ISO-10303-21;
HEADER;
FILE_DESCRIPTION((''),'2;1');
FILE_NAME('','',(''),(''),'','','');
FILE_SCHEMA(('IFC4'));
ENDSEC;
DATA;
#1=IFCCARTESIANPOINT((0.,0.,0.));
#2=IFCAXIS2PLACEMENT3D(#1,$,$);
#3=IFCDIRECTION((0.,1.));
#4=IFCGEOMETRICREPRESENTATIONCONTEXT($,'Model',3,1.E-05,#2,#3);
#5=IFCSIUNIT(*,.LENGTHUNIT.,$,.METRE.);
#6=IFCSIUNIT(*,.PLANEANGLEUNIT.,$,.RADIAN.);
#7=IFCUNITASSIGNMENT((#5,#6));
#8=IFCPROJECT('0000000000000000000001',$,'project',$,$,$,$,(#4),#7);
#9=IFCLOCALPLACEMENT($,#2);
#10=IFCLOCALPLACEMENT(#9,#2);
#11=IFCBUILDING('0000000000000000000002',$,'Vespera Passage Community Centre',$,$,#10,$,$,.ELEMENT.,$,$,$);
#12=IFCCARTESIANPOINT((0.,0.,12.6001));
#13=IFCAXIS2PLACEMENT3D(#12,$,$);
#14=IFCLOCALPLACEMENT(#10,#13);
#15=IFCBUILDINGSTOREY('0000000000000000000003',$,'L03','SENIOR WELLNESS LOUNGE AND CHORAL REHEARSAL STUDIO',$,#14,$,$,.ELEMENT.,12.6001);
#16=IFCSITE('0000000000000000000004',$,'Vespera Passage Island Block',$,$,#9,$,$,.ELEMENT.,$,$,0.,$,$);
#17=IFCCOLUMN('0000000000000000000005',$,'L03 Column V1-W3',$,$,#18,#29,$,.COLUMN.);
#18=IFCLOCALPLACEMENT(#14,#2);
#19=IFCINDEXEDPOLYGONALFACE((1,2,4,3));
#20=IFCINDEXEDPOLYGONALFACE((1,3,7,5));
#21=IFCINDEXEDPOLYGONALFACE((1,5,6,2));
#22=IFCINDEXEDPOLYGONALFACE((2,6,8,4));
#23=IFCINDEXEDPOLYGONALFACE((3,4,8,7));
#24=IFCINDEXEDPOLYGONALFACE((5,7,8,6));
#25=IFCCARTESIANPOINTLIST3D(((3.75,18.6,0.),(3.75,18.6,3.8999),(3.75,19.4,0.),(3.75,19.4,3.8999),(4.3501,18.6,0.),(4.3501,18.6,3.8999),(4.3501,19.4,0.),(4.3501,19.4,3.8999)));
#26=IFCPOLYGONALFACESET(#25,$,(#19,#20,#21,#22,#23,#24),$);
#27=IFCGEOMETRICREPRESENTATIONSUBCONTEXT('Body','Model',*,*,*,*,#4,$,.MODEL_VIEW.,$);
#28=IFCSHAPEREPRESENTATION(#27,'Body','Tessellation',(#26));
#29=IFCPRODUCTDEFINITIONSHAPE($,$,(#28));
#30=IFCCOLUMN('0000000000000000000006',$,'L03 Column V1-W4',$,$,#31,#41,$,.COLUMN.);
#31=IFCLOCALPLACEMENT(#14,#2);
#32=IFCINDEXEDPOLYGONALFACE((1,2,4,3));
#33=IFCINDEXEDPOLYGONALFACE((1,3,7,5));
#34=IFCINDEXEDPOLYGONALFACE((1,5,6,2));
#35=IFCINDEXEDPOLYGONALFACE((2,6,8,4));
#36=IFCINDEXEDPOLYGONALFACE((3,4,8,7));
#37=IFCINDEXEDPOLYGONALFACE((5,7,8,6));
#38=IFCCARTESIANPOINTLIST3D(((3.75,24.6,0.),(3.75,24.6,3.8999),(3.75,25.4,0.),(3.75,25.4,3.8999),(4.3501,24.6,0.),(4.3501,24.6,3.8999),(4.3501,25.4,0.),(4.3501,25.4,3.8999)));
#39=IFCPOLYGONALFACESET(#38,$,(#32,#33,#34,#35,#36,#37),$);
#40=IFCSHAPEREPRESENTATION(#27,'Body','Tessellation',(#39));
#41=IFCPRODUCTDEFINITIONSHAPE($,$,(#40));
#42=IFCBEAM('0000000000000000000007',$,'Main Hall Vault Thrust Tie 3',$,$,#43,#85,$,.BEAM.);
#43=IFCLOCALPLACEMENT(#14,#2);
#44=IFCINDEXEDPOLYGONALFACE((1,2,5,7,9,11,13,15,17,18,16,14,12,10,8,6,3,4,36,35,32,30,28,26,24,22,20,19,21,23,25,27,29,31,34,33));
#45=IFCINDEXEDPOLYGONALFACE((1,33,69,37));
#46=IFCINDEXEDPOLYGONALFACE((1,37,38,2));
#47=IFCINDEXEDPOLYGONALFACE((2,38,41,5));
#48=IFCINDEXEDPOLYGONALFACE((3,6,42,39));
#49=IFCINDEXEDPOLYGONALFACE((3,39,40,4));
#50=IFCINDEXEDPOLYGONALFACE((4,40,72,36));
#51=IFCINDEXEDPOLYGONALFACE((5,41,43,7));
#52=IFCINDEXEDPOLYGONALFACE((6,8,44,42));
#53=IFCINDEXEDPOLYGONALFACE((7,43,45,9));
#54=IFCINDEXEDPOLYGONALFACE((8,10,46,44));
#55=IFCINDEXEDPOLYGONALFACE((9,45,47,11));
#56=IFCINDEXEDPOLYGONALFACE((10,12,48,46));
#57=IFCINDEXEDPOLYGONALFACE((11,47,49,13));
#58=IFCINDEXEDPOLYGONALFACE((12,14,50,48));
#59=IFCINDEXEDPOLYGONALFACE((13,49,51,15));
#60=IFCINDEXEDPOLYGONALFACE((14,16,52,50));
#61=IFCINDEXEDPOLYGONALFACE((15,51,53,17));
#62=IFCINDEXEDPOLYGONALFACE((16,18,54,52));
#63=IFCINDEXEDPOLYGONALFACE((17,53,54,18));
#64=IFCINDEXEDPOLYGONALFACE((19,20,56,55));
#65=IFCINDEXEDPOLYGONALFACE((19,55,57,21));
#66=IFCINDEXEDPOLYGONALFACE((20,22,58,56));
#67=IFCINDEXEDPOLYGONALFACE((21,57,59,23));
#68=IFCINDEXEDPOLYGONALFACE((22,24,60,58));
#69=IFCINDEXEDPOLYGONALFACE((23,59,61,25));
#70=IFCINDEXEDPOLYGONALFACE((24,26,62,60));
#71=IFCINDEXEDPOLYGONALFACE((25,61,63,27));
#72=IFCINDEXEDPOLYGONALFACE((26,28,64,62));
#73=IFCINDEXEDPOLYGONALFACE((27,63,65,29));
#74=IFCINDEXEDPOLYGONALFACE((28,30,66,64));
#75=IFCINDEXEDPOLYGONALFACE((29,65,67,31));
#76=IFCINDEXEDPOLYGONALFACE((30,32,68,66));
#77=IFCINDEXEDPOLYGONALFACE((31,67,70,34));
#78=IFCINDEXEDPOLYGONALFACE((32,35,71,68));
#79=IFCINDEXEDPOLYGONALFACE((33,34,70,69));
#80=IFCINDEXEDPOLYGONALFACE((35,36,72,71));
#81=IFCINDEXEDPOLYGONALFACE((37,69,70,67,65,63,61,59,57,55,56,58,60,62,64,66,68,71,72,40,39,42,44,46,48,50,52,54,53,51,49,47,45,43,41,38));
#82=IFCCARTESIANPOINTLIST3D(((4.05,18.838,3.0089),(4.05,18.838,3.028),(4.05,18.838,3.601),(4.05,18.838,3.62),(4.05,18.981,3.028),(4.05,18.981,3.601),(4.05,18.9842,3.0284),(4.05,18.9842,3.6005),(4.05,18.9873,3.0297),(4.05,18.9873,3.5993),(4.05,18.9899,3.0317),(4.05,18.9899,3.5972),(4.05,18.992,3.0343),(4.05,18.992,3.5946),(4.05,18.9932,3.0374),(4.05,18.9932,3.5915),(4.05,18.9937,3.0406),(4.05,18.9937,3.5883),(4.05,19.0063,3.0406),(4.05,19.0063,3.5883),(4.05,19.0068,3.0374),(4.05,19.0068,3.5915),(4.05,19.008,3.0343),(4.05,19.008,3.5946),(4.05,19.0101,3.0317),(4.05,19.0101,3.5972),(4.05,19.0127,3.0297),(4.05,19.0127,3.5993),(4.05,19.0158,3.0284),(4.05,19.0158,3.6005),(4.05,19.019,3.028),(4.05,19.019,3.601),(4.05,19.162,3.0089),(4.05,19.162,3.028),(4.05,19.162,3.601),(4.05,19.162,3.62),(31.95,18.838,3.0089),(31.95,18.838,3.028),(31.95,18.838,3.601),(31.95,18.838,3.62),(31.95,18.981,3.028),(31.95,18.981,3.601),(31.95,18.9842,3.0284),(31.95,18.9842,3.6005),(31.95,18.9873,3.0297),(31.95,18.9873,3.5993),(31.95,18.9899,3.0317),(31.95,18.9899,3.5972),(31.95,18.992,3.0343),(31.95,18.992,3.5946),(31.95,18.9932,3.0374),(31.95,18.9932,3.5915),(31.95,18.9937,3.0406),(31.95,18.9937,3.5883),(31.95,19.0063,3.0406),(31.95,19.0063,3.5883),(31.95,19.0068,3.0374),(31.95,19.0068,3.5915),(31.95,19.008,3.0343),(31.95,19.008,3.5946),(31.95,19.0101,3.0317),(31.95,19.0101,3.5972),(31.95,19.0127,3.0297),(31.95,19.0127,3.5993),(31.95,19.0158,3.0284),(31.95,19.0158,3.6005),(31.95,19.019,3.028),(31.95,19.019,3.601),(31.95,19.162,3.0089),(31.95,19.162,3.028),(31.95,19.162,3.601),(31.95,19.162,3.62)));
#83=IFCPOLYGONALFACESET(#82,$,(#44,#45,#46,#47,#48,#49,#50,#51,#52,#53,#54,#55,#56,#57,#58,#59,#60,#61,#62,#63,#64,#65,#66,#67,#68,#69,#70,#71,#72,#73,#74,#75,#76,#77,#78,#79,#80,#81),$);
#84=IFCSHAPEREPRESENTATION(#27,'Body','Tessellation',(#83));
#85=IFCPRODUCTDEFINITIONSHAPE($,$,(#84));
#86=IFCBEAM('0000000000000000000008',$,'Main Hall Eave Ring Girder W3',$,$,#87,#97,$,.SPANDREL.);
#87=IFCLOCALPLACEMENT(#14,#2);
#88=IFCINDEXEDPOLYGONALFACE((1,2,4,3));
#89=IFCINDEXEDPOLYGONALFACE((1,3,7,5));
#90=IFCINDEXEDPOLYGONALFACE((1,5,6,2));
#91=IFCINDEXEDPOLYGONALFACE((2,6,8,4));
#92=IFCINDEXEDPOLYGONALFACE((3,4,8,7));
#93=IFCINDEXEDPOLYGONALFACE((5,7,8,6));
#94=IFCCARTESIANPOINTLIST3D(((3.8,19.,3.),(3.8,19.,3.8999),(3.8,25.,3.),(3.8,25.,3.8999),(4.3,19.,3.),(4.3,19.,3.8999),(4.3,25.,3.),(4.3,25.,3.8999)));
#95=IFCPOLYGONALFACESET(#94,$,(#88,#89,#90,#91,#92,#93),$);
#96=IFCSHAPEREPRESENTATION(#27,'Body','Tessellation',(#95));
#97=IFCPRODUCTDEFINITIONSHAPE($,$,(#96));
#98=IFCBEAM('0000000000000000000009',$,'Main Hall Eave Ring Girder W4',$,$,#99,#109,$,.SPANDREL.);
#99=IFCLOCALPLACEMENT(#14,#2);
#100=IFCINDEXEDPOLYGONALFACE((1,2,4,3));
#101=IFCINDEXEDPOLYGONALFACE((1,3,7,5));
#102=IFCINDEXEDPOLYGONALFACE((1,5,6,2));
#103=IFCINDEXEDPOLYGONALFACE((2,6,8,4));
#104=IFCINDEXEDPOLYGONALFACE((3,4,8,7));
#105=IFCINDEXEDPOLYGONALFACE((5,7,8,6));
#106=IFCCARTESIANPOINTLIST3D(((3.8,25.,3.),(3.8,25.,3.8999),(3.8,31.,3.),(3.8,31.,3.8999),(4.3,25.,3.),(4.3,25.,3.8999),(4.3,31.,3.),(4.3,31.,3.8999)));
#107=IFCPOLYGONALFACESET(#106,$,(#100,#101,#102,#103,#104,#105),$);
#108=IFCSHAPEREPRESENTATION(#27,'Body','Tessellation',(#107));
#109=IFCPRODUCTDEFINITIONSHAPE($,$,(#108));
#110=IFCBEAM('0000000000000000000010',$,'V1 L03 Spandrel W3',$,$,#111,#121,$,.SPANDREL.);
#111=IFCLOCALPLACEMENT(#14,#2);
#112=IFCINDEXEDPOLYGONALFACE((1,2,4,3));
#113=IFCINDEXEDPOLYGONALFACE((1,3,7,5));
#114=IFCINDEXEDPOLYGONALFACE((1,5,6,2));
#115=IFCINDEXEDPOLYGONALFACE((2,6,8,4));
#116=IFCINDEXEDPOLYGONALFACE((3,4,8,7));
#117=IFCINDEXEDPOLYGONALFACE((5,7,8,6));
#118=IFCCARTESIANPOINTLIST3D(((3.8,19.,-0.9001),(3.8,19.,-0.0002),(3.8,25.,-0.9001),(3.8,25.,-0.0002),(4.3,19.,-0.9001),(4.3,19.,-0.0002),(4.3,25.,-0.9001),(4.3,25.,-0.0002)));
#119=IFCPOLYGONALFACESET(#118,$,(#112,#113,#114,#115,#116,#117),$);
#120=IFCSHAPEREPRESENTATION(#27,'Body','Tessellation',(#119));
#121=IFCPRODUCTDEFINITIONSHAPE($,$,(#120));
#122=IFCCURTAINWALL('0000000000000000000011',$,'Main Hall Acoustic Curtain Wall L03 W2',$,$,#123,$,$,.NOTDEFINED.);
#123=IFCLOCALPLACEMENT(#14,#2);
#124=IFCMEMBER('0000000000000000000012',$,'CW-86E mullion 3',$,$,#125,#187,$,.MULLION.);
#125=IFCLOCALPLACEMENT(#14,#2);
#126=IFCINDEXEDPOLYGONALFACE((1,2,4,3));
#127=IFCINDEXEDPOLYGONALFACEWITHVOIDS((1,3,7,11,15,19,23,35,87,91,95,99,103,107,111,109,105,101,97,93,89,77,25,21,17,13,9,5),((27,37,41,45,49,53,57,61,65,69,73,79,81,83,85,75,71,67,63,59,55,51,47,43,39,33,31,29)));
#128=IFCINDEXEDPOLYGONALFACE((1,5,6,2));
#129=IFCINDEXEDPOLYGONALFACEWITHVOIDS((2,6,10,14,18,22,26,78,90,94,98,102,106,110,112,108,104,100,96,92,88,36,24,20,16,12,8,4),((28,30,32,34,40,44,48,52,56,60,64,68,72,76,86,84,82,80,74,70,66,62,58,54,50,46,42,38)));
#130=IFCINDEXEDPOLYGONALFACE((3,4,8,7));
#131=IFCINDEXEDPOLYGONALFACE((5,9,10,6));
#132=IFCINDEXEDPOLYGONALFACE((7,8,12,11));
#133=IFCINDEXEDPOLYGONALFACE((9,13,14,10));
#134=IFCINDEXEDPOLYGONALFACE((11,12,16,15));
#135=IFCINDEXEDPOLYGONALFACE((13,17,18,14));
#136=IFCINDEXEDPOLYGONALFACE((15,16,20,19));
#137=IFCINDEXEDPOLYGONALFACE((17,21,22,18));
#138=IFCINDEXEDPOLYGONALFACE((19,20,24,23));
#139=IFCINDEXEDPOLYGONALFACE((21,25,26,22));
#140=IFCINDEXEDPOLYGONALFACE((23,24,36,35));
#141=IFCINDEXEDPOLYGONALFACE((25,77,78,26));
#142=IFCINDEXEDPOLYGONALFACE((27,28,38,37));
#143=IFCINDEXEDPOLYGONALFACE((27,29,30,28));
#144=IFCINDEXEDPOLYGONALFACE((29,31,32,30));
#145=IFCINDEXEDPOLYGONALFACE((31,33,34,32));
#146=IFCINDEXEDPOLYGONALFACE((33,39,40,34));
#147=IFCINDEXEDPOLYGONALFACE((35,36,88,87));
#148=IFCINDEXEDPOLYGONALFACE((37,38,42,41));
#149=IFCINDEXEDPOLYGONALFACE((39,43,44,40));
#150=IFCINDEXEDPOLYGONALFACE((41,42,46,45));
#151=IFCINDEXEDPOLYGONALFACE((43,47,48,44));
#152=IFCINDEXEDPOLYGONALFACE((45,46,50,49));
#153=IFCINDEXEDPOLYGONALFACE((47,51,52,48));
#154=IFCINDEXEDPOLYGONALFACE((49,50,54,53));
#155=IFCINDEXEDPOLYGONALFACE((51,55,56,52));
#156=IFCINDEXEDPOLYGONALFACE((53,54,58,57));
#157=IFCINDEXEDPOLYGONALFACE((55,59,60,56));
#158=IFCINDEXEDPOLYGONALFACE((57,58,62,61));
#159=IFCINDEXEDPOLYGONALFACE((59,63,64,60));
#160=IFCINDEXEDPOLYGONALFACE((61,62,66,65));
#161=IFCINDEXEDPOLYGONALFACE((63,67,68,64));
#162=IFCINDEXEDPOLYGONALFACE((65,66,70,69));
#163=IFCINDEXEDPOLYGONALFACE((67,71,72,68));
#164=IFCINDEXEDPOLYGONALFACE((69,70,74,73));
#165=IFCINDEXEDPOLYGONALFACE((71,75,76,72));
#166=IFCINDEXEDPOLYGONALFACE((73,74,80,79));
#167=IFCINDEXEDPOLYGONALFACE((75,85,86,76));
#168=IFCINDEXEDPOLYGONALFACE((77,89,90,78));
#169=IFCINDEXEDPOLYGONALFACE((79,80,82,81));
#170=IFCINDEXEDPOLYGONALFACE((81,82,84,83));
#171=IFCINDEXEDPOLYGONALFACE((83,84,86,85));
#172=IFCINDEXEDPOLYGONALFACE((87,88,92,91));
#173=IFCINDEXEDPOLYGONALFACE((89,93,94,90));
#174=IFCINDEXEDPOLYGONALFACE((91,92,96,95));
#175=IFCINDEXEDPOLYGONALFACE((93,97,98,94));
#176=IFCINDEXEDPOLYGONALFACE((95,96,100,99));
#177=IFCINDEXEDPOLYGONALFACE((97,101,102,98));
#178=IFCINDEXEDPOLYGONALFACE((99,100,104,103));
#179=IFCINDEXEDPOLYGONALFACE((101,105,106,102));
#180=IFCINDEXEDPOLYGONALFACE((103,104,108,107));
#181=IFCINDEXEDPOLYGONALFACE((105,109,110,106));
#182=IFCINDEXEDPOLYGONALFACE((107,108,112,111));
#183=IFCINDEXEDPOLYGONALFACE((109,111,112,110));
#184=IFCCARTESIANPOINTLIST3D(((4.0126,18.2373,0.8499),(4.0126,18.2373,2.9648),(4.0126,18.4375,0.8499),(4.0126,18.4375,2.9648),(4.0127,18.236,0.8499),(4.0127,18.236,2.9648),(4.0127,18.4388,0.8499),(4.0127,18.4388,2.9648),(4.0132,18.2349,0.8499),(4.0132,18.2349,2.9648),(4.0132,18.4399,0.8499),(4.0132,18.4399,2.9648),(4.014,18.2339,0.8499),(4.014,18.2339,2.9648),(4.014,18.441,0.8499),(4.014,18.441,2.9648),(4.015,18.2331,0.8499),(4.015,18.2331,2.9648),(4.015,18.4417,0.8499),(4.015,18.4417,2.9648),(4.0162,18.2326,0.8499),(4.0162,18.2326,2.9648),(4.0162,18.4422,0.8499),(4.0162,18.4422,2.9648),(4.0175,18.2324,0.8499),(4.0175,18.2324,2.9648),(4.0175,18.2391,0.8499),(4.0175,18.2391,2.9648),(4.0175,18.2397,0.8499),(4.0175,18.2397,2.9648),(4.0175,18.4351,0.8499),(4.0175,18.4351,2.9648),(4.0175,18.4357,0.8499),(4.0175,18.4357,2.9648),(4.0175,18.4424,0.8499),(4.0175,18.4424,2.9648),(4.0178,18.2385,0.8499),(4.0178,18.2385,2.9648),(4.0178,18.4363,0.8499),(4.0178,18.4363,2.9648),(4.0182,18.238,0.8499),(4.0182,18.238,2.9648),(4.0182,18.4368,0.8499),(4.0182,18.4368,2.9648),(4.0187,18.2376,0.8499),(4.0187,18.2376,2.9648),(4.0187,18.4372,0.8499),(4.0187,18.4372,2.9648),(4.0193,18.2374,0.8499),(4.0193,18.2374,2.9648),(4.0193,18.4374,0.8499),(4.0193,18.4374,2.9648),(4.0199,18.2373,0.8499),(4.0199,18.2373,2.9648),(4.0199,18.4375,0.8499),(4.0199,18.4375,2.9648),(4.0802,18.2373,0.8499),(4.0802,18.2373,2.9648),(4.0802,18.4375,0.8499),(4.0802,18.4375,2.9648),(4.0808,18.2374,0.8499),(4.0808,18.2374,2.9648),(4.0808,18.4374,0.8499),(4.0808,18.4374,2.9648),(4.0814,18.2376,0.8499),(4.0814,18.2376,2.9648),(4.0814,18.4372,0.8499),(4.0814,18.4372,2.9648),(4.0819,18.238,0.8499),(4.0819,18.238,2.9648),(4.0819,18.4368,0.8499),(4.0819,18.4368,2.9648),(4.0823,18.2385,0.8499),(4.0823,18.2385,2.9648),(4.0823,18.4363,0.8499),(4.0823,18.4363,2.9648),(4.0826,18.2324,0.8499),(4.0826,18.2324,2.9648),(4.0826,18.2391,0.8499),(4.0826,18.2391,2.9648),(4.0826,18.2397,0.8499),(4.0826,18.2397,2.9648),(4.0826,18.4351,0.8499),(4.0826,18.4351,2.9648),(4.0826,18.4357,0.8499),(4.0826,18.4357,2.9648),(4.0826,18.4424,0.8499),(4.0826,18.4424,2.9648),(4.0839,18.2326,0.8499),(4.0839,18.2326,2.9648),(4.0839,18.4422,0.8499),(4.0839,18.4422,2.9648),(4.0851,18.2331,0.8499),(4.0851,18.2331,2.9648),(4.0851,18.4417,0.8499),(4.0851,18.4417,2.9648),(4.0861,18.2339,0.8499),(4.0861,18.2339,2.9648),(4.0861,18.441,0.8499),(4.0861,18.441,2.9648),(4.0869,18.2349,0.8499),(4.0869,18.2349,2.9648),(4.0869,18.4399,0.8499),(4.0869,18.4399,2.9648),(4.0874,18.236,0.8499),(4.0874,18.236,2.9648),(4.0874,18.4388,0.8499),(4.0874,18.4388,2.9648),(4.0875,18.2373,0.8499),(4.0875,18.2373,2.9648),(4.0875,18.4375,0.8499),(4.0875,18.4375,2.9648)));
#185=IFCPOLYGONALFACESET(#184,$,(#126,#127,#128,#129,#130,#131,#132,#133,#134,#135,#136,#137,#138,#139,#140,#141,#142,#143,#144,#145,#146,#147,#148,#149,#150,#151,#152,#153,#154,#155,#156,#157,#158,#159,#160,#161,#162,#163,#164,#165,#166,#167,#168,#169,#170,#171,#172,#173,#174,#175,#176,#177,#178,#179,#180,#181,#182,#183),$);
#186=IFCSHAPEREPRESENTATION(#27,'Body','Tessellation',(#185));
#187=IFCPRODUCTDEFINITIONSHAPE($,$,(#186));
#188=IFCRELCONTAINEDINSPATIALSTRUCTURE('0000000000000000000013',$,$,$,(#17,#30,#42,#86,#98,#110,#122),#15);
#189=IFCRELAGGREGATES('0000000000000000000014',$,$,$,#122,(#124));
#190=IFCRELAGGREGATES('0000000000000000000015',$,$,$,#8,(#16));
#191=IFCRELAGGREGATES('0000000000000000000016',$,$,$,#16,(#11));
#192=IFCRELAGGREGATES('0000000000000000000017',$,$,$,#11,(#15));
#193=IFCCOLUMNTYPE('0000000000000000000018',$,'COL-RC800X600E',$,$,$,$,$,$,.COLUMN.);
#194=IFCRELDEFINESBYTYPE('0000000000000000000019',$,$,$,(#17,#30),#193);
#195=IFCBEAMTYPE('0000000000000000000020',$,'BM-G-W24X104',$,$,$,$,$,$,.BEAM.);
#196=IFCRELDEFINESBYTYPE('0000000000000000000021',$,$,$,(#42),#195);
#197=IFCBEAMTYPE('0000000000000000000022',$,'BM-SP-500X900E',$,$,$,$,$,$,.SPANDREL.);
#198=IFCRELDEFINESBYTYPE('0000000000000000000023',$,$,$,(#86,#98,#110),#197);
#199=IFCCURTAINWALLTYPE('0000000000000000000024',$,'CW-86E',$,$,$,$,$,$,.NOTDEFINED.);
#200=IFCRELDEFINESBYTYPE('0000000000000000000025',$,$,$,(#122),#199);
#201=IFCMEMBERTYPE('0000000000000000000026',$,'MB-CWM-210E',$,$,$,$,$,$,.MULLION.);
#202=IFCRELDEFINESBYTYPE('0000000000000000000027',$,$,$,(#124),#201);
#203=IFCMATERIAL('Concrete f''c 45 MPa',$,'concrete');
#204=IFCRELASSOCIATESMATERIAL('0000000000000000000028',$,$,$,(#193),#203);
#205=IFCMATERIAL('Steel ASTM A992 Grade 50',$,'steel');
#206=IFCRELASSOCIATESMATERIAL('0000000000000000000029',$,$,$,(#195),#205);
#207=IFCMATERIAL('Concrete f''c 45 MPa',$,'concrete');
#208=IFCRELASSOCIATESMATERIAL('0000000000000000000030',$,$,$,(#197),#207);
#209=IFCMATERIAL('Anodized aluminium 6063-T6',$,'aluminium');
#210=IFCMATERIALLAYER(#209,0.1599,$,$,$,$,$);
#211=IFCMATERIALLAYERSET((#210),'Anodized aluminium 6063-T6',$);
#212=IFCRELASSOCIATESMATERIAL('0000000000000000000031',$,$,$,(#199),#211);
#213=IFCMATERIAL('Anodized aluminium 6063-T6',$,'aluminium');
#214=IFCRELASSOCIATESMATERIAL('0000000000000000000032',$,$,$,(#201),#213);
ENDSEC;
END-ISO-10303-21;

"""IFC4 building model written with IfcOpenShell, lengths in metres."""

from ifc_helpers import new_model, si_unit, direction, frame, origin, origin_2d, place, context, subcontext, project, spatial, rectangle, hollow_rectangle, i_section, extrude, material, layer, layer_set, material_profile, profile_set, type_object, element, aggregate, save


model = new_model("IFC4")

# Units and contexts
model_context = context("Model", 3, precision=1e-05, world=origin(), true_north=direction((0.0, 1.0)))
body_context = subcontext(model_context, "Body", "Model", "MODEL_VIEW")
ifc_project = project(units=[si_unit("LENGTHUNIT", "METRE"), si_unit("PLANEANGLEUNIT", "RADIAN")], contexts=[model_context])

# Site, building, storey
site_placement = place(None, origin())
site = spatial("IfcSite", under=ifc_project, at=site_placement, Name="Vespera Passage Island Block", CompositionType="ELEMENT", RefElevation=0.0)
building_placement = place(site_placement, origin())
building = spatial("IfcBuilding", under=site, at=building_placement, Name="Vespera Passage Community Centre", CompositionType="ELEMENT")
storey_placement = place(building_placement, frame((0.0, 0.0, 12.6001)))
storey = spatial("IfcBuildingStorey", under=building, at=storey_placement, Name="L03", Description="SENIOR WELLNESS LOUNGE AND CHORAL REHEARSAL STUDIO", CompositionType="ELEMENT", Elevation=12.6001)

# Columns
ifc_material_1 = material(Name="Concrete f'c 45 MPa", Category="concrete")
ifc_material_profile_1 = material_profile(ifc_material_1, rectangle(XDim=0.6001, YDim=0.8, at=origin_2d()), Name="RC800X600")
ifc_profile_set_1 = profile_set([ifc_material_profile_1], Name="Concrete f'c 45 MPa")
column_type = type_object("IfcColumnType", Name="COL-RC800X600E", PredefinedType="COLUMN", material=ifc_profile_set_1)
for number, where, z_axis, x_axis, name in (
    (1, (4.05, 19.0, 0.0), (0.0, 0.0, 1.0), (1.0, 0.0, 0.0), "L03 Column V1-W3"),
    (2, (4.05, 25.0, 0.0), (0.0, 0.0, 1.0), (1.0, 0.0, 0.0), "L03 Column V1-W4"),
):
    element("IfcColumn", number, at=place(storey_placement, frame(where, z_axis=z_axis, x_axis=x_axis)), inside=storey, type_object=column_type, Name=name, PredefinedType="COLUMN", context=body_context, shape_type="SweptSolid", body=[
        extrude(rectangle(XDim=0.6001, YDim=0.8, at=origin_2d()), origin(), (0.0, 0.0, 1.0), 3.8999),
    ])

# Beams
ifc_material_2 = material(Name="Steel ASTM A992 Grade 50", Category="steel")
ifc_material_profile_2 = material_profile(ifc_material_2, i_section(OverallWidth=0.324, OverallDepth=0.6111, WebThickness=0.0127, FlangeThickness=0.019, FilletRadius=0.0127, at=origin_2d()), Name="W24X104")
ifc_profile_set_2 = profile_set([ifc_material_profile_2], Name="Steel ASTM A992 Grade 50")
beam_type_1 = type_object("IfcBeamType", Name="BM-G-W24X104", PredefinedType="BEAM", material=ifc_profile_set_2)
beam_placement = place(storey_placement, frame((4.05, 19.0, 3.3145), z_axis=(1.0, 0.0, 0.0), x_axis=(0.0, 1.0, 0.0)))
element("IfcBeam", 3, at=beam_placement, inside=storey, type_object=beam_type_1, Name="Main Hall Vault Thrust Tie 3", PredefinedType="BEAM", context=body_context, shape_type="SweptSolid", body=[
    extrude(i_section(OverallWidth=0.324, OverallDepth=0.6111, WebThickness=0.0127, FlangeThickness=0.019, FilletRadius=0.0127, at=origin_2d()), origin(), (0.0, 0.0, 1.0), 27.8999),
])
ifc_material_3 = material(Name="Concrete f'c 45 MPa", Category="concrete")
ifc_material_profile_3 = material_profile(ifc_material_3, rectangle(XDim=0.5, YDim=0.8999, at=origin_2d()), Name="RC500X900")
ifc_profile_set_3 = profile_set([ifc_material_profile_3], Name="Concrete f'c 45 MPa")
beam_type_2 = type_object("IfcBeamType", Name="BM-SP-500X900E", PredefinedType="SPANDREL", material=ifc_profile_set_3)
for number, where, z_axis, x_axis, name in (
    (4, (4.05, 19.0, 3.45), (0.0, 1.0, 0.0), (-1.0, 0.0, 0.0), "Main Hall Eave Ring Girder W3"),
    (5, (4.05, 25.0, 3.45), (0.0, 1.0, 0.0), (-1.0, 0.0, 0.0), "Main Hall Eave Ring Girder W4"),
    (6, (4.05, 19.0, -0.4502), (0.0, 1.0, 0.0), (-1.0, 0.0, 0.0), "V1 L03 Spandrel W3"),
):
    element("IfcBeam", number, at=place(storey_placement, frame(where, z_axis=z_axis, x_axis=x_axis)), inside=storey, type_object=beam_type_2, Name=name, PredefinedType="SPANDREL", context=body_context, shape_type="SweptSolid", body=[
        extrude(rectangle(XDim=0.5, YDim=0.8999, at=origin_2d()), origin(), (0.0, 0.0, 1.0), 6.0),
    ])

# Curtain wall, member
ifc_material_4 = material(Name="Anodized aluminium 6063-T6", Category="aluminium")
ifc_layer_1 = layer(ifc_material_4, 0.1599)
ifc_layer_set_1 = layer_set([ifc_layer_1], Name="Anodized aluminium 6063-T6")
curtain_wall_type = type_object("IfcCurtainWallType", Name="CW-86E", PredefinedType="NOTDEFINED", material=ifc_layer_set_1)
curtain_wall_1_placement = place(storey_placement, origin())
curtain_wall_1 = element("IfcCurtainWall", 7, at=curtain_wall_1_placement, inside=storey, type_object=curtain_wall_type, Name="Main Hall Acoustic Curtain Wall L03 W2", PredefinedType="NOTDEFINED")
ifc_material_5 = material(Name="Anodized aluminium 6063-T6", Category="aluminium")
ifc_material_profile_4 = material_profile(ifc_material_5, hollow_rectangle(XDim=0.075, YDim=0.21, WallThickness=0.0049, InnerFilletRadius=0.0024, OuterFilletRadius=0.0049, at=origin_2d()), Name="ALU210X75X5")
ifc_profile_set_4 = profile_set([ifc_material_profile_4], Name="Anodized aluminium 6063-T6")
member_type_1 = type_object("IfcMemberType", Name="MB-CWM-210E", PredefinedType="MULLION", material=ifc_profile_set_4)
member_1_placement = place(storey_placement, frame((4.05, 18.3374, 0.8499), z_axis=(0.0, 0.0, 1.0), x_axis=(-1.0, 0.0, 0.0)))
member_1 = element("IfcMember", 8, at=member_1_placement, type_object=member_type_1, Name="CW-86E mullion 3", PredefinedType="MULLION", context=body_context, shape_type="SweptSolid", body=[
    extrude(hollow_rectangle(XDim=0.075, YDim=0.21, WallThickness=0.0049, InnerFilletRadius=0.0024, OuterFilletRadius=0.0049, at=origin_2d()), origin(), (0.0, 0.0, 1.0), 2.115),
])

aggregate(curtain_wall_1, [member_1])

save(model, "model.ifc")
